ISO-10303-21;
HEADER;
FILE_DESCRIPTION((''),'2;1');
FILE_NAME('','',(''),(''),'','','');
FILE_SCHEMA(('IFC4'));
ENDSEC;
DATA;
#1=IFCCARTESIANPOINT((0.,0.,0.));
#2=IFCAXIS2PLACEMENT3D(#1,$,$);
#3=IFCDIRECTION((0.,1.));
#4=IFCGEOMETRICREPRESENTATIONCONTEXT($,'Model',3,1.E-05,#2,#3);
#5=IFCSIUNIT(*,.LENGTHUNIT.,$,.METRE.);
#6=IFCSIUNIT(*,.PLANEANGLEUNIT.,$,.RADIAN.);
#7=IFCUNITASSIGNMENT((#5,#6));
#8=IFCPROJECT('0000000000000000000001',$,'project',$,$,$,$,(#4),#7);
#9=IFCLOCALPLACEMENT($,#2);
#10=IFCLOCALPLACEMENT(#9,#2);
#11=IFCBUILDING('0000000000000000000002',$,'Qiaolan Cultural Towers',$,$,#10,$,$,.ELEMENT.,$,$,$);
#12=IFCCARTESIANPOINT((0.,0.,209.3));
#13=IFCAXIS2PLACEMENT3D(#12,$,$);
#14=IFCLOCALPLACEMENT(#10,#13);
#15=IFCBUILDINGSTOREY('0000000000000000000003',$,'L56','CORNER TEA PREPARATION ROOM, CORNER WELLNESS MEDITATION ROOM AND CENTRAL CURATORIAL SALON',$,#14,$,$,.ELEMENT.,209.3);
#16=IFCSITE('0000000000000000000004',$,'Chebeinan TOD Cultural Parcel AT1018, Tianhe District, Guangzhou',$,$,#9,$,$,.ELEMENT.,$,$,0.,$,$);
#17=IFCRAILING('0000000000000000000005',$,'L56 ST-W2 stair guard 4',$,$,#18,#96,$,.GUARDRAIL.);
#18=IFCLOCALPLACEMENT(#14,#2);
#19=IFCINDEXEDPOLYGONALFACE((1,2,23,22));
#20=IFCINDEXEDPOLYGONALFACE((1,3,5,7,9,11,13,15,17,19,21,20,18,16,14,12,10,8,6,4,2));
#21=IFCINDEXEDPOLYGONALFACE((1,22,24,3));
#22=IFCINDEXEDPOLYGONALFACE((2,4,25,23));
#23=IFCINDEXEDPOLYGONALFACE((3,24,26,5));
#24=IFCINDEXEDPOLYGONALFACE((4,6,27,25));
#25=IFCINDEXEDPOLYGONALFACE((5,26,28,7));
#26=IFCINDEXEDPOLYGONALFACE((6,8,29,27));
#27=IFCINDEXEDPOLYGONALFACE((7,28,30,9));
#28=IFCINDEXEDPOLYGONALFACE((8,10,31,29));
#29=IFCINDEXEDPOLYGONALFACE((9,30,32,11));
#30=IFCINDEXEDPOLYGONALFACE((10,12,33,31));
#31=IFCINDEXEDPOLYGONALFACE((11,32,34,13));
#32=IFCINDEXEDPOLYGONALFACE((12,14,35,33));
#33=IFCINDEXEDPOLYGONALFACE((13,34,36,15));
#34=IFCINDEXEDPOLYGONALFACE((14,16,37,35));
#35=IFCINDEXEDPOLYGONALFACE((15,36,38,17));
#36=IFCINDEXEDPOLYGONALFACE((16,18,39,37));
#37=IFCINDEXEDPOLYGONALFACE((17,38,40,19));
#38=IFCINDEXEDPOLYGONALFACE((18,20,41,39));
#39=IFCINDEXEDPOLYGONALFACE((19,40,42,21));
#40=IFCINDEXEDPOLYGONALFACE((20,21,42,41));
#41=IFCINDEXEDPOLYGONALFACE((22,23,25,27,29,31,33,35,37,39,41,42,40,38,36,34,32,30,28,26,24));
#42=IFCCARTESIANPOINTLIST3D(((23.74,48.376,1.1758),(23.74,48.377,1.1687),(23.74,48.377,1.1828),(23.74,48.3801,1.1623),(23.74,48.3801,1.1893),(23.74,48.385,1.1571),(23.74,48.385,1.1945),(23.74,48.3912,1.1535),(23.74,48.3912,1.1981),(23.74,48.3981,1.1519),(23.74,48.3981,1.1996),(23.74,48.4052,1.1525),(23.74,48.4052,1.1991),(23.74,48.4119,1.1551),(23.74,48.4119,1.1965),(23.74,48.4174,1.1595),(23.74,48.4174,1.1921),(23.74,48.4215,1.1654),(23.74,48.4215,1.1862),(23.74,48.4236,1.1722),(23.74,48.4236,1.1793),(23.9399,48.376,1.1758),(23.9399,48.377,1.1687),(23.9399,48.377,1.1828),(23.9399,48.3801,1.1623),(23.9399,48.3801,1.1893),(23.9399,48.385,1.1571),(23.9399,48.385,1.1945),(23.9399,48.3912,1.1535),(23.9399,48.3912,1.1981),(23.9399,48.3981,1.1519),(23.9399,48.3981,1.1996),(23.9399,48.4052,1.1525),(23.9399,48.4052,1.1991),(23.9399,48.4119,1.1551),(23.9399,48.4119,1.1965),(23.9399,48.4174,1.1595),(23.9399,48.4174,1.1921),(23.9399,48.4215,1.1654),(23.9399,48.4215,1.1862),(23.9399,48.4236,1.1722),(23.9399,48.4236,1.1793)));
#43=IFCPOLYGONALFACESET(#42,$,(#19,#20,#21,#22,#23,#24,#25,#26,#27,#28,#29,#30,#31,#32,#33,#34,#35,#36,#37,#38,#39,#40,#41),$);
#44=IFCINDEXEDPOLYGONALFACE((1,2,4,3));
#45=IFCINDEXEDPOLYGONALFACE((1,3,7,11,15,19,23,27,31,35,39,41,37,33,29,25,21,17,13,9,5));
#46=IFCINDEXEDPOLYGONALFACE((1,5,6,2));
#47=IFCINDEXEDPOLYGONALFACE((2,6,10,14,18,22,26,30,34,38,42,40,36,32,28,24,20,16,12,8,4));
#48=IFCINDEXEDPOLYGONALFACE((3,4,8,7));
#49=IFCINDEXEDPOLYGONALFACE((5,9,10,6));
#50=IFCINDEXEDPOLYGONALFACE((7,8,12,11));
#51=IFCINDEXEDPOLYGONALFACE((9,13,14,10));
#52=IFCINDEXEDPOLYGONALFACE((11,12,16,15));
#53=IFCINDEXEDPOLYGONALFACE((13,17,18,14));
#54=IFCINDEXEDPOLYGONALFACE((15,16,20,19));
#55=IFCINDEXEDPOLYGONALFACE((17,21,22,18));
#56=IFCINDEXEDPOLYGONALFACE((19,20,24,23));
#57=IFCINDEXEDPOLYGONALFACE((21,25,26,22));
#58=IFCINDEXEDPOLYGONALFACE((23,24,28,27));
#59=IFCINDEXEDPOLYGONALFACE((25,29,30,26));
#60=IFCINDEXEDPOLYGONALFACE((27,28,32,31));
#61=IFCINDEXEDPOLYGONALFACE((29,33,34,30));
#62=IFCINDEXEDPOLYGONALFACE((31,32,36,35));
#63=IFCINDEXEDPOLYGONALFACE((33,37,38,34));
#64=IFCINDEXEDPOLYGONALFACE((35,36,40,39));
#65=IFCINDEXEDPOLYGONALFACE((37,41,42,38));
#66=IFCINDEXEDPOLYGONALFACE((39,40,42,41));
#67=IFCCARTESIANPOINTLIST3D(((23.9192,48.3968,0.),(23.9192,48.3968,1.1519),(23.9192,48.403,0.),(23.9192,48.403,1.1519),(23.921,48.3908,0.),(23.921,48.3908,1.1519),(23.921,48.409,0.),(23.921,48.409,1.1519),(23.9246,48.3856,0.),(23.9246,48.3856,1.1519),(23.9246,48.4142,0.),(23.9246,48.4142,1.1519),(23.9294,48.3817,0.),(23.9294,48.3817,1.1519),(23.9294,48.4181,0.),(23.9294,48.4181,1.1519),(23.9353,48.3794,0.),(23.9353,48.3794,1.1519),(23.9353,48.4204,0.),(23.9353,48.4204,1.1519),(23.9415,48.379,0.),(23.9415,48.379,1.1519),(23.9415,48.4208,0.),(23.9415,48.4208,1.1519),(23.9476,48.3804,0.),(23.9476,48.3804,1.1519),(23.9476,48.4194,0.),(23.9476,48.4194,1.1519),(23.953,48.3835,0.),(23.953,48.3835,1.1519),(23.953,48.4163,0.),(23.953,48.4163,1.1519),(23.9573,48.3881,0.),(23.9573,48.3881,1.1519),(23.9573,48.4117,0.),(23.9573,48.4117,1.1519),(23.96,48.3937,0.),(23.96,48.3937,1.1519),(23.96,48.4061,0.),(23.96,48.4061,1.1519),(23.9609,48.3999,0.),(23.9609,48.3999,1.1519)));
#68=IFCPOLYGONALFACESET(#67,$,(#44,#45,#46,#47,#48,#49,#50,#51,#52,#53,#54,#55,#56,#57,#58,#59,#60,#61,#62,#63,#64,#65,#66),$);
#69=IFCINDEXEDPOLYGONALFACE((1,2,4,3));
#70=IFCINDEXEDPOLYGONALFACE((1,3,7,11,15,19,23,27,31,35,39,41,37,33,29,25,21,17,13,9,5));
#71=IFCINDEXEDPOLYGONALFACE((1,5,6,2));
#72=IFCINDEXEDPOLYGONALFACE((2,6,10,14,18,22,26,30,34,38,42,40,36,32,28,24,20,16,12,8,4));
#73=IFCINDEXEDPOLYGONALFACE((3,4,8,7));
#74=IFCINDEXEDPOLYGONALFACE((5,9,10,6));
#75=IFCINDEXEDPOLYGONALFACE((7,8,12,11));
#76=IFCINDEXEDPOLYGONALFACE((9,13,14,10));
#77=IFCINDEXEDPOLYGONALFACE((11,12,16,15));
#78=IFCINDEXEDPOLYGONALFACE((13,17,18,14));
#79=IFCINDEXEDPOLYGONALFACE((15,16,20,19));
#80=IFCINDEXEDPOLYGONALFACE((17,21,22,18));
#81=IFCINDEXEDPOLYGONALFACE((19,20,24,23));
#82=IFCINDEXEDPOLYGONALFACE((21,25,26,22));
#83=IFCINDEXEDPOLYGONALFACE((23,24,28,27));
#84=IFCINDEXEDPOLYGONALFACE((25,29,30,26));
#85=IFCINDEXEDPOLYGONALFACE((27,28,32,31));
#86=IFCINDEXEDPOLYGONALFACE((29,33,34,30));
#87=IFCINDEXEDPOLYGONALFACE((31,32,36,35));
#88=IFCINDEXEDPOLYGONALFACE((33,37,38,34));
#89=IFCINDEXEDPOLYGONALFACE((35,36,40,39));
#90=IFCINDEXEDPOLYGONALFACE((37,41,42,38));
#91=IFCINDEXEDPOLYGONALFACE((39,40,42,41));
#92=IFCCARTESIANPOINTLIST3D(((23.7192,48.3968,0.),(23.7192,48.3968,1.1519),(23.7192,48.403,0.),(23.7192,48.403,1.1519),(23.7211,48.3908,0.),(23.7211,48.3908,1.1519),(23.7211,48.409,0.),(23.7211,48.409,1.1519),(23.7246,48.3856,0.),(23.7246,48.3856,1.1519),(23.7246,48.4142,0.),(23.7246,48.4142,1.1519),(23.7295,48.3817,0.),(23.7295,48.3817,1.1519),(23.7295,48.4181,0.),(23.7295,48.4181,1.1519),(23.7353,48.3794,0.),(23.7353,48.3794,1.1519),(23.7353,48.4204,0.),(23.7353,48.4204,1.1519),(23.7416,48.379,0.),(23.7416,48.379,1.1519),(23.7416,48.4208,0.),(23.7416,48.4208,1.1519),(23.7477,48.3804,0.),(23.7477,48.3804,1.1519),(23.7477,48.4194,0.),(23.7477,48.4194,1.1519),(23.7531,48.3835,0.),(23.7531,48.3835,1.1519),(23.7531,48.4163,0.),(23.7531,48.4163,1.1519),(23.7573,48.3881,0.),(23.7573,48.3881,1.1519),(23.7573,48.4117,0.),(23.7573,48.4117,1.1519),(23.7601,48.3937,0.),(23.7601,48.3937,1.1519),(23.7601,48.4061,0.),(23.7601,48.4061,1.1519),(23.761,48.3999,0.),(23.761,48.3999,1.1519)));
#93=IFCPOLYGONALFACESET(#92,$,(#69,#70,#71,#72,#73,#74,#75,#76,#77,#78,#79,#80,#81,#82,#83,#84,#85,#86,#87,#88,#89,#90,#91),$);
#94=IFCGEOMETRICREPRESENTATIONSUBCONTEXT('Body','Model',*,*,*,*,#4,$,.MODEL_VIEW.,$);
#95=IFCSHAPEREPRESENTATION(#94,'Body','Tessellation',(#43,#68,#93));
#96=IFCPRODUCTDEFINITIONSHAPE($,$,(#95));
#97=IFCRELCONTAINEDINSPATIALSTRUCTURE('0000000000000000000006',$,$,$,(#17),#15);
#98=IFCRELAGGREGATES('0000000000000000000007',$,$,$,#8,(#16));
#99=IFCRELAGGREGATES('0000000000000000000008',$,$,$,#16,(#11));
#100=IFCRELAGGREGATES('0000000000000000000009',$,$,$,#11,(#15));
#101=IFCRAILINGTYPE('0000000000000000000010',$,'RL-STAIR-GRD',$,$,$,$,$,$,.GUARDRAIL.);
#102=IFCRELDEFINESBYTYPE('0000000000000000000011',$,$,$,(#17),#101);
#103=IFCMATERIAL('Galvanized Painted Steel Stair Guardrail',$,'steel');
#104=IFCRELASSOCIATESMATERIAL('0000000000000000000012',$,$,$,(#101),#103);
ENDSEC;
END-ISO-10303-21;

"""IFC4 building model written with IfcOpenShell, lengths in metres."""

from ifc_helpers import new_model, si_unit, direction, frame, origin, origin_2d, place, context, subcontext, project, spatial, circle, extrude, material, type_object, element, save


model = new_model("IFC4")

# Units and contexts
model_context = context("Model", 3, precision=1e-05, world=origin(), true_north=direction((0.0, 1.0)))
body_context = subcontext(model_context, "Body", "Model", "MODEL_VIEW")
ifc_project = project(units=[si_unit("LENGTHUNIT", "METRE"), si_unit("PLANEANGLEUNIT", "RADIAN")], contexts=[model_context])

# Site, building, storey
site_placement = place(None, origin())
site = spatial("IfcSite", under=ifc_project, at=site_placement, Name="Chebeinan TOD Cultural Parcel AT1018, Tianhe District, Guangzhou", CompositionType="ELEMENT", RefElevation=0.0)
building_placement = place(site_placement, origin())
building = spatial("IfcBuilding", under=site, at=building_placement, Name="Qiaolan Cultural Towers", CompositionType="ELEMENT")
storey_placement = place(building_placement, frame((0.0, 0.0, 209.3)))
storey = spatial("IfcBuildingStorey", under=building, at=storey_placement, Name="L56", Description="CORNER TEA PREPARATION ROOM, CORNER WELLNESS MEDITATION ROOM AND CENTRAL CURATORIAL SALON", CompositionType="ELEMENT", Elevation=209.3)

# Railing
ifc_material_1 = material(Name="Galvanized Painted Steel Stair Guardrail", Category="steel")
railing_type_1 = type_object("IfcRailingType", Name="RL-STAIR-GRD", PredefinedType="GUARDRAIL", material=ifc_material_1)
railing_1_placement = place(storey_placement, frame((23.9399, 48.3999, 0.0)))
element("IfcRailing", 1, at=railing_1_placement, inside=storey, type_object=railing_type_1, Name="L56 ST-W2 stair guard 4", PredefinedType="GUARDRAIL", context=body_context, shape_type="SweptSolid", body=[
    extrude(circle(Radius=0.0239, at=origin_2d()), frame((0.0, 0.0, 1.1758), z_axis=(-1.0, 0.0, 0.0), x_axis=(0.0, -1.0, 0.0)), (0.0, 0.0, 1.0), 0.2),
    extrude(circle(Radius=0.021, at=origin_2d()), origin(), (0.0, 0.0, 1.0), 1.1519),
    extrude(circle(Radius=0.021, at=origin_2d()), frame((-0.2, 0.0, 0.0)), (0.0, 0.0, 1.0), 1.1519),
])

save(model, "model.ifc")
